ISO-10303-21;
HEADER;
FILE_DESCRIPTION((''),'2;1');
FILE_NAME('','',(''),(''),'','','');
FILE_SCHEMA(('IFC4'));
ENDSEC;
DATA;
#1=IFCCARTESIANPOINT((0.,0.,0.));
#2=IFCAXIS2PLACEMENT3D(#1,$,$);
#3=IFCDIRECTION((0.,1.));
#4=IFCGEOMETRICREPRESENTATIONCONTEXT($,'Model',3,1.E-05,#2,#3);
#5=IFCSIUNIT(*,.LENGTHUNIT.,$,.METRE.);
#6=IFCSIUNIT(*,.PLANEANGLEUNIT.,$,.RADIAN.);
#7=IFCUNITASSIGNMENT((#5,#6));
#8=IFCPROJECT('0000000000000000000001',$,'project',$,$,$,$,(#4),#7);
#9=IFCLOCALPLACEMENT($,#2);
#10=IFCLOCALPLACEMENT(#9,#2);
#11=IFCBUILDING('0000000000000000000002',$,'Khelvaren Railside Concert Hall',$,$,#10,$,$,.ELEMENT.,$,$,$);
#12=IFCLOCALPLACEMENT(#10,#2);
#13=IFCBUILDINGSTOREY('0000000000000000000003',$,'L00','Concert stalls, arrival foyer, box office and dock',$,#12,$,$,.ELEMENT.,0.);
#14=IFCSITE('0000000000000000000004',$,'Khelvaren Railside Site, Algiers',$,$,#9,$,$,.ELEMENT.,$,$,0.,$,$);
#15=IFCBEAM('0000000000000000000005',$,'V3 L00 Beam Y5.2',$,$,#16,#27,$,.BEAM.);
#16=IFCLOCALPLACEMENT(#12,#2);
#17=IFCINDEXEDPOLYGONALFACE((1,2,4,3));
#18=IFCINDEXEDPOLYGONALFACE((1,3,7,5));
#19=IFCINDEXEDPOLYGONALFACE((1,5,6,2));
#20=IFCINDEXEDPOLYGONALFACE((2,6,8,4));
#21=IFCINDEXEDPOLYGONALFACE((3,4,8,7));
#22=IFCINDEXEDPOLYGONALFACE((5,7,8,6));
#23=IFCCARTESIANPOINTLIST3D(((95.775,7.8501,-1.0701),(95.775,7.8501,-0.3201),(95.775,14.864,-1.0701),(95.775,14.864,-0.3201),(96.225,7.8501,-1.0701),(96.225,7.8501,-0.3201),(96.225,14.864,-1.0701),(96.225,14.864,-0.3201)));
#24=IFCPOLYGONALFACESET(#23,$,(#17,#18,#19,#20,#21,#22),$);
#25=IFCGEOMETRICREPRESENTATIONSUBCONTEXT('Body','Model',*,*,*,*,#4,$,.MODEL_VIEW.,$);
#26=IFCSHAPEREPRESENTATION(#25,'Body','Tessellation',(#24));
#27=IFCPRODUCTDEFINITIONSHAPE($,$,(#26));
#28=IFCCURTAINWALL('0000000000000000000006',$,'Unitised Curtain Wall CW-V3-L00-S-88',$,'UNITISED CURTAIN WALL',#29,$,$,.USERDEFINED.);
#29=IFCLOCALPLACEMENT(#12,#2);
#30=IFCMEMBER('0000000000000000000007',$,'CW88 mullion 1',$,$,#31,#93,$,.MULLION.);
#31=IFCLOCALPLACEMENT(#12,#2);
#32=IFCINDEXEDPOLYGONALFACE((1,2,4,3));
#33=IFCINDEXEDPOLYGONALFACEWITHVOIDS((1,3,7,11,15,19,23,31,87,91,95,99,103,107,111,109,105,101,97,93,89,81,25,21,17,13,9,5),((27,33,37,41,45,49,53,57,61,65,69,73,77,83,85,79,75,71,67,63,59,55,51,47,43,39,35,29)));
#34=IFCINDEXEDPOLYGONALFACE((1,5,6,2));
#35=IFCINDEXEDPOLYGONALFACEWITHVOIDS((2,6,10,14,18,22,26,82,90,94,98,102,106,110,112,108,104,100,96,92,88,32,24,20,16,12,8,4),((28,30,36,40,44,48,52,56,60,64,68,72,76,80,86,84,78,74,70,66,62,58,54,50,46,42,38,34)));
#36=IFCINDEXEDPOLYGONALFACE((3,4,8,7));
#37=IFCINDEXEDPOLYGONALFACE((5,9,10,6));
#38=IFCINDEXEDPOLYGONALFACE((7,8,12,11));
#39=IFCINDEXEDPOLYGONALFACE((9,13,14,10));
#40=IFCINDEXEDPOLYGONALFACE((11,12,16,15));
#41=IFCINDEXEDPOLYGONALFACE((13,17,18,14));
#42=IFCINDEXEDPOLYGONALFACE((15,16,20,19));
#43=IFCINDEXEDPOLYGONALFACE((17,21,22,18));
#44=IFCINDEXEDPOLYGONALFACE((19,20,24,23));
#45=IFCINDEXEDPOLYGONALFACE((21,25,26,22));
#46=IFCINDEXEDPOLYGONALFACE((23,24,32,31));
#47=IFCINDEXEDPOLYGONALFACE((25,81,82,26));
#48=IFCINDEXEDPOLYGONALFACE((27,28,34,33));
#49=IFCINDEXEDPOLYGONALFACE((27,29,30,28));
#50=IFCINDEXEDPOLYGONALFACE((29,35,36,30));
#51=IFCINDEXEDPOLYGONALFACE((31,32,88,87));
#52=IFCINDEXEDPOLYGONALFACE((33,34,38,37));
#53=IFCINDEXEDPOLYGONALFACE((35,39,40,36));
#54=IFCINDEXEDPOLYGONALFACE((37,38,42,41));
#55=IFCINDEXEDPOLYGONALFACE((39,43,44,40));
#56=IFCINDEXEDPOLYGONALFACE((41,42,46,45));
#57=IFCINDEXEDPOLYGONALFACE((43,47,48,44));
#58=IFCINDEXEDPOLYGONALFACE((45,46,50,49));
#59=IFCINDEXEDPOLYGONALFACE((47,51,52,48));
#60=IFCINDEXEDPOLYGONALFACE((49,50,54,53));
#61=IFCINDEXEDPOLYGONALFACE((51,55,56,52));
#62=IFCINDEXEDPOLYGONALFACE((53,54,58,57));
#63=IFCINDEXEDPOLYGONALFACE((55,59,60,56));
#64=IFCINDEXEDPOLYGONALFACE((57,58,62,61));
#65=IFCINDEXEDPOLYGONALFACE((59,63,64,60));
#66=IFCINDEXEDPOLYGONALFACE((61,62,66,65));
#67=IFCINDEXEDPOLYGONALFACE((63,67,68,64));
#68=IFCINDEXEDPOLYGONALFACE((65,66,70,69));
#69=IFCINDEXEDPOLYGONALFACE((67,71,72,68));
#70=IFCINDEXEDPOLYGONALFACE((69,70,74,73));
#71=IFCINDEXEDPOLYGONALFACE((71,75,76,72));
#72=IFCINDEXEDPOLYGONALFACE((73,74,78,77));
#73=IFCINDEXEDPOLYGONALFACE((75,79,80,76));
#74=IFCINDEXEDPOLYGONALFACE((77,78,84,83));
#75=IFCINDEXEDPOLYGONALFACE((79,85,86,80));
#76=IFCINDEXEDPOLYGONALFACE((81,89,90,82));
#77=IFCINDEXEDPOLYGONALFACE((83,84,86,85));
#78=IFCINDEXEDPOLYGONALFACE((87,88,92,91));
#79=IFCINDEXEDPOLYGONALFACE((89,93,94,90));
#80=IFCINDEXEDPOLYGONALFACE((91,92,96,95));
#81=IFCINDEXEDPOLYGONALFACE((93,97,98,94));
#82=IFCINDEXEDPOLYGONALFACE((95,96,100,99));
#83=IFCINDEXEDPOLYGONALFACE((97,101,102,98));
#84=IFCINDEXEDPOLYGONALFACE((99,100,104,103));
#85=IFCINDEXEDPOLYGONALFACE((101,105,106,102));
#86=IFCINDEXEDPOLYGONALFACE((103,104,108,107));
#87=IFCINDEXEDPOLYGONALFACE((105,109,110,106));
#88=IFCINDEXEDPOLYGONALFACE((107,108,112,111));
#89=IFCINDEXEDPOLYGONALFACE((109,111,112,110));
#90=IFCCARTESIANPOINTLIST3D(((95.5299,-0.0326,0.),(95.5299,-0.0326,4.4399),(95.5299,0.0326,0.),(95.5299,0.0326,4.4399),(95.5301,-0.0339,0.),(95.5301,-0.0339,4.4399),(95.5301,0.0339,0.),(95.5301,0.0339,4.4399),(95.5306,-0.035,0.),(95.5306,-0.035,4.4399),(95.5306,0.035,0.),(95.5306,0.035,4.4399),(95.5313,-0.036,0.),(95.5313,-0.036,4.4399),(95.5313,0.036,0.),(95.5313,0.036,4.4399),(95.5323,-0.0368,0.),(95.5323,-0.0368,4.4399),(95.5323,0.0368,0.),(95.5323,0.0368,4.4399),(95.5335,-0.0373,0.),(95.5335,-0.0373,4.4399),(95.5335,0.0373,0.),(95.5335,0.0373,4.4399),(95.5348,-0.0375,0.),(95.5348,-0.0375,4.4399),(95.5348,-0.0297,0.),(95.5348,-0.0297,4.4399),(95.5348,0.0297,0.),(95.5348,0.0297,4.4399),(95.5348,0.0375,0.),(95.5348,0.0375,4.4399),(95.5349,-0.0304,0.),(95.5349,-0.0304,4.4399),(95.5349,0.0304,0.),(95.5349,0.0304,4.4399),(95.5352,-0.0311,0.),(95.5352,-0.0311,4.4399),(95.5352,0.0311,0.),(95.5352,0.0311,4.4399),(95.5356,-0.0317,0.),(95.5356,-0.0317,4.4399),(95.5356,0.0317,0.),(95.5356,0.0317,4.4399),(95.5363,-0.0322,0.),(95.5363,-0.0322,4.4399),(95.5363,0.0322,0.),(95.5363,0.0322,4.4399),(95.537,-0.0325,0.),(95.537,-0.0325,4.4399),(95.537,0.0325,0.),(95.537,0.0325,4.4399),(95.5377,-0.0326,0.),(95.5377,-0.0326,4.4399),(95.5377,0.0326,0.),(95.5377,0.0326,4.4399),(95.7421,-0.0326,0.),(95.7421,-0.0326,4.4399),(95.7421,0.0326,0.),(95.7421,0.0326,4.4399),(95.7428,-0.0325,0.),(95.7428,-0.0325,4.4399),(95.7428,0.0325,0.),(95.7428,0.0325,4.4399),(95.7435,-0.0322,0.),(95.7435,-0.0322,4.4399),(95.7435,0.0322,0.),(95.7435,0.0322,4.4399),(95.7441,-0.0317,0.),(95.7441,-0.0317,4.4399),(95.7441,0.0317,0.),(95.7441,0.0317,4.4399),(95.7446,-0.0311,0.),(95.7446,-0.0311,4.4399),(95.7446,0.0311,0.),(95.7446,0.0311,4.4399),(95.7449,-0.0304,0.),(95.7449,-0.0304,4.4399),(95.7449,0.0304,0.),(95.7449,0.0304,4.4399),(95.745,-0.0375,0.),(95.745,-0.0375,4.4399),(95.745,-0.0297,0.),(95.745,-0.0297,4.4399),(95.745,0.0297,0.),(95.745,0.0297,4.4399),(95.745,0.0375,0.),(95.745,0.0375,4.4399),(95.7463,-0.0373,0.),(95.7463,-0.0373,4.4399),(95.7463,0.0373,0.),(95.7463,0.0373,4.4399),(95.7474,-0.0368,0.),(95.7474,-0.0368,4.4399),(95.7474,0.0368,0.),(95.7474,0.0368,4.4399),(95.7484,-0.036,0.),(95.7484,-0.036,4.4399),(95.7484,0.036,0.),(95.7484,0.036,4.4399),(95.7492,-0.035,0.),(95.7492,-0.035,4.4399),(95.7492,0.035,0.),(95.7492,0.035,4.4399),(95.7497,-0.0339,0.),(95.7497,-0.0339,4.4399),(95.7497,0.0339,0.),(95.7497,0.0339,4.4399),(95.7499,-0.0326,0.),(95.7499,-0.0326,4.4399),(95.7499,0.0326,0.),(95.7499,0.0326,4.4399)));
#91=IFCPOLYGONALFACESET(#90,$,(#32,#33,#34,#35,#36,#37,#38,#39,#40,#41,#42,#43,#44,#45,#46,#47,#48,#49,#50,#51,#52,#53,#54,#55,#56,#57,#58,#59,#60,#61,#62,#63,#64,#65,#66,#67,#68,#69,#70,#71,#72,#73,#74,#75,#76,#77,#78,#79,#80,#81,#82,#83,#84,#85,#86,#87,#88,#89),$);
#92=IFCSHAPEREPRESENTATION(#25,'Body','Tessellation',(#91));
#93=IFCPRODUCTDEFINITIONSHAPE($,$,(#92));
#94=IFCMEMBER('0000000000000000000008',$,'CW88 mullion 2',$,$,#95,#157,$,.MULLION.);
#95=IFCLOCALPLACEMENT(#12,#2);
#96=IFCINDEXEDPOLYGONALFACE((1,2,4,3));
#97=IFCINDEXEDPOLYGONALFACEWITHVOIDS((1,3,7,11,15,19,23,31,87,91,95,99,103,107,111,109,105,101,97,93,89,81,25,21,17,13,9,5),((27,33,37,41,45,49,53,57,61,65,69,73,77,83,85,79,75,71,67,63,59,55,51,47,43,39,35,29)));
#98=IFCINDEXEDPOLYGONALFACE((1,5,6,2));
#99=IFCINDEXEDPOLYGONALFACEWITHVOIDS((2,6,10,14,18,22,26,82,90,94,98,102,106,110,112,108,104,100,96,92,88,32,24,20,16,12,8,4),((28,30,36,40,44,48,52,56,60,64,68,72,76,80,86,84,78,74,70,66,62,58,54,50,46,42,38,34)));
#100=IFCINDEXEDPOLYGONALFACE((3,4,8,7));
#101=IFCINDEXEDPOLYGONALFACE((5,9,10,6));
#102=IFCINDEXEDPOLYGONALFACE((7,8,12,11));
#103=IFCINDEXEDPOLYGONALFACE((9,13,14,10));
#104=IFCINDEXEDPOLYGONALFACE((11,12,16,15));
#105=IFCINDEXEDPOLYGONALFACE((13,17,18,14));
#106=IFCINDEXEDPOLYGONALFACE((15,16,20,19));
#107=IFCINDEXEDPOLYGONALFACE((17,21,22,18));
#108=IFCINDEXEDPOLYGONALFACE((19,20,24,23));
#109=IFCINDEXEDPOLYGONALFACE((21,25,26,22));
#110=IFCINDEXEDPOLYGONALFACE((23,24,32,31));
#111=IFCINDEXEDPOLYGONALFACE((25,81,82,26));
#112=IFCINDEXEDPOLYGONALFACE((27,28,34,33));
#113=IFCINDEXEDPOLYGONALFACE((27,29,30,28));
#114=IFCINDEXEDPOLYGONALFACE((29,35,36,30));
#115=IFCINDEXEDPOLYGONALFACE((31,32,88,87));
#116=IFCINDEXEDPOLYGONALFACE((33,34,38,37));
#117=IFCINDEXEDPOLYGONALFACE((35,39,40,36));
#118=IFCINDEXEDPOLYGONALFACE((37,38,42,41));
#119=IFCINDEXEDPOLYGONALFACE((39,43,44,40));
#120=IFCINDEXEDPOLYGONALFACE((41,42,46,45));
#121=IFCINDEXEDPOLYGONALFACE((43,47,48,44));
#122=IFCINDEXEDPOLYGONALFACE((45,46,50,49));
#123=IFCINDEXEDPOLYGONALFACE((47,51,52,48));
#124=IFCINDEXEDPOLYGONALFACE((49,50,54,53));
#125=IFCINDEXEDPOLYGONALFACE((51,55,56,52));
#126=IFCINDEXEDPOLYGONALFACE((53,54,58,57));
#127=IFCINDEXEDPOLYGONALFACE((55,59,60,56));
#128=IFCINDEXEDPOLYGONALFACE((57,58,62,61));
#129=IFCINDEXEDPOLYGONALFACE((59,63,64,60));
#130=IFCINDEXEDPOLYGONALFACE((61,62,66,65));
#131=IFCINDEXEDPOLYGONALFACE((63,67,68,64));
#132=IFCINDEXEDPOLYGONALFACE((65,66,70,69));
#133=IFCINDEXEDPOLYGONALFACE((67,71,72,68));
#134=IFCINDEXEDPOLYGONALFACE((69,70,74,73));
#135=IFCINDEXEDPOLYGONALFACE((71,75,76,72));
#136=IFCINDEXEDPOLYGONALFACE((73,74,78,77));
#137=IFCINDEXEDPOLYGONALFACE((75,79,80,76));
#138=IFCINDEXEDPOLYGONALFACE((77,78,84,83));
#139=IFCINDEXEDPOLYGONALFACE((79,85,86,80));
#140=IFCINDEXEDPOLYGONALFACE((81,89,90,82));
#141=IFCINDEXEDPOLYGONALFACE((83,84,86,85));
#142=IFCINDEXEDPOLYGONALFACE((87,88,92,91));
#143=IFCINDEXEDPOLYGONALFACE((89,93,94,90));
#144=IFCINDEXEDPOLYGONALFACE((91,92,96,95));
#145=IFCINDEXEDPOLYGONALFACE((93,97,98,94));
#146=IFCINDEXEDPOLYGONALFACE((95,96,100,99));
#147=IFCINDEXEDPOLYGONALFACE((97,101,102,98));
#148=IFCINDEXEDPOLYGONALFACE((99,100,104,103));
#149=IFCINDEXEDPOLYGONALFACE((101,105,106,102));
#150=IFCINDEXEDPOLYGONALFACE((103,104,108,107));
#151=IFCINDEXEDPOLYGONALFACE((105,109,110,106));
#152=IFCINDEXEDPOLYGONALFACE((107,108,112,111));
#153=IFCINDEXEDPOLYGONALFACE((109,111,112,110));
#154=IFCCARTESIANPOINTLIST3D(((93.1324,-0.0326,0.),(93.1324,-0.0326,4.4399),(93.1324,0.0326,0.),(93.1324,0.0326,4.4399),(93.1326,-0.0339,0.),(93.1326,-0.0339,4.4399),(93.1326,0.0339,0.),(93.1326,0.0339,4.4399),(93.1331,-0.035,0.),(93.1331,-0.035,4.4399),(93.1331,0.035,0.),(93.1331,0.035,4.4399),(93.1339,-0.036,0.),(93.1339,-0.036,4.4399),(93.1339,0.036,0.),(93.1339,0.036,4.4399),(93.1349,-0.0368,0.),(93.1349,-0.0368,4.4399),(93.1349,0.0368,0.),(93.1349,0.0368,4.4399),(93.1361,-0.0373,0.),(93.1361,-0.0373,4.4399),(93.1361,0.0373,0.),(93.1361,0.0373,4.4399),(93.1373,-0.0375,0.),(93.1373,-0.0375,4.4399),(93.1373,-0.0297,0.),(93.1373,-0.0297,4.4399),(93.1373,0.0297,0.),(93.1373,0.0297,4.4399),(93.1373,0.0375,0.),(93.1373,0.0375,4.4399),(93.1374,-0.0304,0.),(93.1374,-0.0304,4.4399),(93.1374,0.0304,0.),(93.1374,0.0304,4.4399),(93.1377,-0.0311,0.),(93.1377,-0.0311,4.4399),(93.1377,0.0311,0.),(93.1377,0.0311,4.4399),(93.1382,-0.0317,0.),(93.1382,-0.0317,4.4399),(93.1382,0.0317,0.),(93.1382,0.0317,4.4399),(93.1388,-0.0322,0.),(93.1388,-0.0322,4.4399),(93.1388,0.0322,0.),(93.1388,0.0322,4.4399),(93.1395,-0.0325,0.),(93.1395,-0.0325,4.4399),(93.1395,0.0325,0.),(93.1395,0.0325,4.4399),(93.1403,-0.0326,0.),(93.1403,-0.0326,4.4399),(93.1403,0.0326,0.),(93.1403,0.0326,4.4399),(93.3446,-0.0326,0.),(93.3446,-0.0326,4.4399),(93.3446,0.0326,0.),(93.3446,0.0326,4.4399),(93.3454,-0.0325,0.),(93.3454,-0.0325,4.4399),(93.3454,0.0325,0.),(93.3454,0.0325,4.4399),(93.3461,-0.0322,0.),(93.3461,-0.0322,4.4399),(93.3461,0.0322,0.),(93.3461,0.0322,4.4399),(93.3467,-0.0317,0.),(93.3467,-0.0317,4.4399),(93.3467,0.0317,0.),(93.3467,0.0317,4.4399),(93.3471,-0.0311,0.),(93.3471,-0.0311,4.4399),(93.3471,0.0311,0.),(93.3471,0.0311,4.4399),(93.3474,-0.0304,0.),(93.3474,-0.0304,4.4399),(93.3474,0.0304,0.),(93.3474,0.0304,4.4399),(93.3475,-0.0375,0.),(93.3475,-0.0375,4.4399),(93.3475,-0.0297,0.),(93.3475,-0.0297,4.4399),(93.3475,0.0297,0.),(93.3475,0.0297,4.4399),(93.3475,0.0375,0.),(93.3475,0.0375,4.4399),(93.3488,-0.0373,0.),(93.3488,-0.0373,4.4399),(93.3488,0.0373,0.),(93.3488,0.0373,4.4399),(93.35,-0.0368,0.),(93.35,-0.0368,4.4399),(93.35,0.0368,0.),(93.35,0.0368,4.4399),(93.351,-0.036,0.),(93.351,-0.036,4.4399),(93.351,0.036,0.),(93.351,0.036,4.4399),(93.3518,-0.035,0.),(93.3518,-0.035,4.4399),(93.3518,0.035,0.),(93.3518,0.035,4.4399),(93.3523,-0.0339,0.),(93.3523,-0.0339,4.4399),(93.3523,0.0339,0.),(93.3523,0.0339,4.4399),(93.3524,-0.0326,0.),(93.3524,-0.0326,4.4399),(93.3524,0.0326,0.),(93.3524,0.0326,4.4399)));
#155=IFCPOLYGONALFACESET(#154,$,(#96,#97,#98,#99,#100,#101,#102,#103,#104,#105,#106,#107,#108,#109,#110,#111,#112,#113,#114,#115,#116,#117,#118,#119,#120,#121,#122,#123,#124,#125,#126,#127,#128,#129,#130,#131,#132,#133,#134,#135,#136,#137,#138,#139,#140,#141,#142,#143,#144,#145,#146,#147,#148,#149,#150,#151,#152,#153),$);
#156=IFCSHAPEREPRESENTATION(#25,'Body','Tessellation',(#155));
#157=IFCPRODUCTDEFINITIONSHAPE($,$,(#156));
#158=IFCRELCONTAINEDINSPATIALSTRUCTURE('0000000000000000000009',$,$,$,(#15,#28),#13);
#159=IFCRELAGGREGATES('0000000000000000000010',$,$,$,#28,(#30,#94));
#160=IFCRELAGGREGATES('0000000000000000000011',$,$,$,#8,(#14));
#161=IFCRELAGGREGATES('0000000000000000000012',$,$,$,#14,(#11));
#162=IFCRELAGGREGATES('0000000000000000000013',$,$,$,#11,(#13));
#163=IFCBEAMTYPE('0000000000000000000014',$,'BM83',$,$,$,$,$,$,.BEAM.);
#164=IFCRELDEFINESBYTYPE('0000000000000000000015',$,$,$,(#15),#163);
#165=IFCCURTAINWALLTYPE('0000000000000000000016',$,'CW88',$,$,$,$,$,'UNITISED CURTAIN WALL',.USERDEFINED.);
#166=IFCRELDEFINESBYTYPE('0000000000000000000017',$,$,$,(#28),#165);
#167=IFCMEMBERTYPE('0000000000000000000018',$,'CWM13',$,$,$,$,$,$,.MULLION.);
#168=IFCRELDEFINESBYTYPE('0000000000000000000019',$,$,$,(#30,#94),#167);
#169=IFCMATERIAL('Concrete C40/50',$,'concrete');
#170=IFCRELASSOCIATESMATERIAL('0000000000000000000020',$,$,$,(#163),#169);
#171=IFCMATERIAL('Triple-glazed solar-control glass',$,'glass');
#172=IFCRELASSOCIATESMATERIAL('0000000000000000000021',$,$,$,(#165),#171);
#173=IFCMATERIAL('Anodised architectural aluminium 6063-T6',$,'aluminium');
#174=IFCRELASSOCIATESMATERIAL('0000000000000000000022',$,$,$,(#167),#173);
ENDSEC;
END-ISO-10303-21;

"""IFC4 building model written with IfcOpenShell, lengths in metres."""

from ifc_helpers import new_model, si_unit, direction, frame, origin, origin_2d, place, context, subcontext, project, spatial, rectangle, hollow_rectangle, extrude, material, material_profile, profile_set, type_object, element, aggregate, save


model = new_model("IFC4")

# Units and contexts
model_context = context("Model", 3, precision=1e-05, world=origin(), true_north=direction((0.0, 1.0)))
body_context = subcontext(model_context, "Body", "Model", "MODEL_VIEW")
ifc_project = project(units=[si_unit("LENGTHUNIT", "METRE"), si_unit("PLANEANGLEUNIT", "RADIAN")], contexts=[model_context])

# Site, building, storey
site_placement = place(None, origin())
site = spatial("IfcSite", under=ifc_project, at=site_placement, Name="Khelvaren Railside Site, Algiers", CompositionType="ELEMENT", RefElevation=0.0)
building_placement = place(site_placement, origin())
building = spatial("IfcBuilding", under=site, at=building_placement, Name="Khelvaren Railside Concert Hall", CompositionType="ELEMENT")
storey_placement = place(building_placement, origin())
storey = spatial("IfcBuildingStorey", under=building, at=storey_placement, Name="L00", Description="Concert stalls, arrival foyer, box office and dock", CompositionType="ELEMENT", Elevation=0.0)

# Beam
ifc_material_1 = material(Name="Concrete C40/50", Category="concrete")
ifc_material_profile_1 = material_profile(ifc_material_1, rectangle(XDim=0.45, YDim=0.75, at=origin_2d()), Name="RCB 450x750")
ifc_profile_set_1 = profile_set([ifc_material_profile_1], Name="Concrete C40/50")
beam_type_1 = type_object("IfcBeamType", Name="BM83", PredefinedType="BEAM", material=ifc_profile_set_1)
beam_1_placement = place(storey_placement, frame((96.0, 7.8501, -0.6951), z_axis=(0.0, 1.0, 0.0), x_axis=(-1.0, 0.0, 0.0)))
element("IfcBeam", 1, at=beam_1_placement, inside=storey, type_object=beam_type_1, Name="V3 L00 Beam Y5.2", PredefinedType="BEAM", context=body_context, shape_type="SweptSolid", body=[
    extrude(rectangle(XDim=0.45, YDim=0.75, at=origin_2d()), origin(), (0.0, 0.0, 1.0), 7.0139),
])

# Curtain wall, members
ifc_material_2 = material(Name="Triple-glazed solar-control glass", Category="glass")
curtain_wall_type = type_object("IfcCurtainWallType", Name="CW88", ElementType="UNITISED CURTAIN WALL", PredefinedType="USERDEFINED", material=ifc_material_2)
curtain_wall_placement = place(storey_placement, origin())
curtain_wall = element("IfcCurtainWall", 2, at=curtain_wall_placement, inside=storey, type_object=curtain_wall_type, Name="Unitised Curtain Wall CW-V3-L00-S-88", ObjectType="UNITISED CURTAIN WALL", PredefinedType="USERDEFINED")
ifc_material_3 = material(Name="Anodised architectural aluminium 6063-T6", Category="aluminium")
ifc_material_profile_2 = material_profile(ifc_material_3, hollow_rectangle(XDim=0.075, YDim=0.22, WallThickness=0.0049, InnerFilletRadius=0.0029, OuterFilletRadius=0.0049, at=origin_2d()), Name="CWM 75x220x5")
ifc_profile_set_2 = profile_set([ifc_material_profile_2], Name="Anodised architectural aluminium 6063-T6")
member_type_1 = type_object("IfcMemberType", Name="CWM13", PredefinedType="MULLION", material=ifc_profile_set_2)
member_1_placement = place(storey_placement, frame((95.6399, 0.0, 0.0), z_axis=(0.0, 0.0, 1.0), x_axis=(0.0, -1.0, 0.0)))
member_1 = element("IfcMember", 3, at=member_1_placement, type_object=member_type_1, Name="CW88 mullion 1", PredefinedType="MULLION", context=body_context, shape_type="SweptSolid", body=[
    extrude(hollow_rectangle(XDim=0.075, YDim=0.22, WallThickness=0.0049, InnerFilletRadius=0.0029, OuterFilletRadius=0.0049, at=origin_2d()), origin(), (0.0, 0.0, 1.0), 4.4399),
])
member_2_placement = place(storey_placement, frame((93.2424, 0.0, 0.0), z_axis=(0.0, 0.0, 1.0), x_axis=(0.0, -1.0, 0.0)))
member_2 = element("IfcMember", 4, at=member_2_placement, type_object=member_type_1, Name="CW88 mullion 2", PredefinedType="MULLION", context=body_context, shape_type="SweptSolid", body=[
    extrude(hollow_rectangle(XDim=0.075, YDim=0.22, WallThickness=0.0049, InnerFilletRadius=0.0029, OuterFilletRadius=0.0049, at=origin_2d()), origin(), (0.0, 0.0, 1.0), 4.4399),
])

aggregate(curtain_wall, [member_1, member_2])

save(model, "model.ifc")
